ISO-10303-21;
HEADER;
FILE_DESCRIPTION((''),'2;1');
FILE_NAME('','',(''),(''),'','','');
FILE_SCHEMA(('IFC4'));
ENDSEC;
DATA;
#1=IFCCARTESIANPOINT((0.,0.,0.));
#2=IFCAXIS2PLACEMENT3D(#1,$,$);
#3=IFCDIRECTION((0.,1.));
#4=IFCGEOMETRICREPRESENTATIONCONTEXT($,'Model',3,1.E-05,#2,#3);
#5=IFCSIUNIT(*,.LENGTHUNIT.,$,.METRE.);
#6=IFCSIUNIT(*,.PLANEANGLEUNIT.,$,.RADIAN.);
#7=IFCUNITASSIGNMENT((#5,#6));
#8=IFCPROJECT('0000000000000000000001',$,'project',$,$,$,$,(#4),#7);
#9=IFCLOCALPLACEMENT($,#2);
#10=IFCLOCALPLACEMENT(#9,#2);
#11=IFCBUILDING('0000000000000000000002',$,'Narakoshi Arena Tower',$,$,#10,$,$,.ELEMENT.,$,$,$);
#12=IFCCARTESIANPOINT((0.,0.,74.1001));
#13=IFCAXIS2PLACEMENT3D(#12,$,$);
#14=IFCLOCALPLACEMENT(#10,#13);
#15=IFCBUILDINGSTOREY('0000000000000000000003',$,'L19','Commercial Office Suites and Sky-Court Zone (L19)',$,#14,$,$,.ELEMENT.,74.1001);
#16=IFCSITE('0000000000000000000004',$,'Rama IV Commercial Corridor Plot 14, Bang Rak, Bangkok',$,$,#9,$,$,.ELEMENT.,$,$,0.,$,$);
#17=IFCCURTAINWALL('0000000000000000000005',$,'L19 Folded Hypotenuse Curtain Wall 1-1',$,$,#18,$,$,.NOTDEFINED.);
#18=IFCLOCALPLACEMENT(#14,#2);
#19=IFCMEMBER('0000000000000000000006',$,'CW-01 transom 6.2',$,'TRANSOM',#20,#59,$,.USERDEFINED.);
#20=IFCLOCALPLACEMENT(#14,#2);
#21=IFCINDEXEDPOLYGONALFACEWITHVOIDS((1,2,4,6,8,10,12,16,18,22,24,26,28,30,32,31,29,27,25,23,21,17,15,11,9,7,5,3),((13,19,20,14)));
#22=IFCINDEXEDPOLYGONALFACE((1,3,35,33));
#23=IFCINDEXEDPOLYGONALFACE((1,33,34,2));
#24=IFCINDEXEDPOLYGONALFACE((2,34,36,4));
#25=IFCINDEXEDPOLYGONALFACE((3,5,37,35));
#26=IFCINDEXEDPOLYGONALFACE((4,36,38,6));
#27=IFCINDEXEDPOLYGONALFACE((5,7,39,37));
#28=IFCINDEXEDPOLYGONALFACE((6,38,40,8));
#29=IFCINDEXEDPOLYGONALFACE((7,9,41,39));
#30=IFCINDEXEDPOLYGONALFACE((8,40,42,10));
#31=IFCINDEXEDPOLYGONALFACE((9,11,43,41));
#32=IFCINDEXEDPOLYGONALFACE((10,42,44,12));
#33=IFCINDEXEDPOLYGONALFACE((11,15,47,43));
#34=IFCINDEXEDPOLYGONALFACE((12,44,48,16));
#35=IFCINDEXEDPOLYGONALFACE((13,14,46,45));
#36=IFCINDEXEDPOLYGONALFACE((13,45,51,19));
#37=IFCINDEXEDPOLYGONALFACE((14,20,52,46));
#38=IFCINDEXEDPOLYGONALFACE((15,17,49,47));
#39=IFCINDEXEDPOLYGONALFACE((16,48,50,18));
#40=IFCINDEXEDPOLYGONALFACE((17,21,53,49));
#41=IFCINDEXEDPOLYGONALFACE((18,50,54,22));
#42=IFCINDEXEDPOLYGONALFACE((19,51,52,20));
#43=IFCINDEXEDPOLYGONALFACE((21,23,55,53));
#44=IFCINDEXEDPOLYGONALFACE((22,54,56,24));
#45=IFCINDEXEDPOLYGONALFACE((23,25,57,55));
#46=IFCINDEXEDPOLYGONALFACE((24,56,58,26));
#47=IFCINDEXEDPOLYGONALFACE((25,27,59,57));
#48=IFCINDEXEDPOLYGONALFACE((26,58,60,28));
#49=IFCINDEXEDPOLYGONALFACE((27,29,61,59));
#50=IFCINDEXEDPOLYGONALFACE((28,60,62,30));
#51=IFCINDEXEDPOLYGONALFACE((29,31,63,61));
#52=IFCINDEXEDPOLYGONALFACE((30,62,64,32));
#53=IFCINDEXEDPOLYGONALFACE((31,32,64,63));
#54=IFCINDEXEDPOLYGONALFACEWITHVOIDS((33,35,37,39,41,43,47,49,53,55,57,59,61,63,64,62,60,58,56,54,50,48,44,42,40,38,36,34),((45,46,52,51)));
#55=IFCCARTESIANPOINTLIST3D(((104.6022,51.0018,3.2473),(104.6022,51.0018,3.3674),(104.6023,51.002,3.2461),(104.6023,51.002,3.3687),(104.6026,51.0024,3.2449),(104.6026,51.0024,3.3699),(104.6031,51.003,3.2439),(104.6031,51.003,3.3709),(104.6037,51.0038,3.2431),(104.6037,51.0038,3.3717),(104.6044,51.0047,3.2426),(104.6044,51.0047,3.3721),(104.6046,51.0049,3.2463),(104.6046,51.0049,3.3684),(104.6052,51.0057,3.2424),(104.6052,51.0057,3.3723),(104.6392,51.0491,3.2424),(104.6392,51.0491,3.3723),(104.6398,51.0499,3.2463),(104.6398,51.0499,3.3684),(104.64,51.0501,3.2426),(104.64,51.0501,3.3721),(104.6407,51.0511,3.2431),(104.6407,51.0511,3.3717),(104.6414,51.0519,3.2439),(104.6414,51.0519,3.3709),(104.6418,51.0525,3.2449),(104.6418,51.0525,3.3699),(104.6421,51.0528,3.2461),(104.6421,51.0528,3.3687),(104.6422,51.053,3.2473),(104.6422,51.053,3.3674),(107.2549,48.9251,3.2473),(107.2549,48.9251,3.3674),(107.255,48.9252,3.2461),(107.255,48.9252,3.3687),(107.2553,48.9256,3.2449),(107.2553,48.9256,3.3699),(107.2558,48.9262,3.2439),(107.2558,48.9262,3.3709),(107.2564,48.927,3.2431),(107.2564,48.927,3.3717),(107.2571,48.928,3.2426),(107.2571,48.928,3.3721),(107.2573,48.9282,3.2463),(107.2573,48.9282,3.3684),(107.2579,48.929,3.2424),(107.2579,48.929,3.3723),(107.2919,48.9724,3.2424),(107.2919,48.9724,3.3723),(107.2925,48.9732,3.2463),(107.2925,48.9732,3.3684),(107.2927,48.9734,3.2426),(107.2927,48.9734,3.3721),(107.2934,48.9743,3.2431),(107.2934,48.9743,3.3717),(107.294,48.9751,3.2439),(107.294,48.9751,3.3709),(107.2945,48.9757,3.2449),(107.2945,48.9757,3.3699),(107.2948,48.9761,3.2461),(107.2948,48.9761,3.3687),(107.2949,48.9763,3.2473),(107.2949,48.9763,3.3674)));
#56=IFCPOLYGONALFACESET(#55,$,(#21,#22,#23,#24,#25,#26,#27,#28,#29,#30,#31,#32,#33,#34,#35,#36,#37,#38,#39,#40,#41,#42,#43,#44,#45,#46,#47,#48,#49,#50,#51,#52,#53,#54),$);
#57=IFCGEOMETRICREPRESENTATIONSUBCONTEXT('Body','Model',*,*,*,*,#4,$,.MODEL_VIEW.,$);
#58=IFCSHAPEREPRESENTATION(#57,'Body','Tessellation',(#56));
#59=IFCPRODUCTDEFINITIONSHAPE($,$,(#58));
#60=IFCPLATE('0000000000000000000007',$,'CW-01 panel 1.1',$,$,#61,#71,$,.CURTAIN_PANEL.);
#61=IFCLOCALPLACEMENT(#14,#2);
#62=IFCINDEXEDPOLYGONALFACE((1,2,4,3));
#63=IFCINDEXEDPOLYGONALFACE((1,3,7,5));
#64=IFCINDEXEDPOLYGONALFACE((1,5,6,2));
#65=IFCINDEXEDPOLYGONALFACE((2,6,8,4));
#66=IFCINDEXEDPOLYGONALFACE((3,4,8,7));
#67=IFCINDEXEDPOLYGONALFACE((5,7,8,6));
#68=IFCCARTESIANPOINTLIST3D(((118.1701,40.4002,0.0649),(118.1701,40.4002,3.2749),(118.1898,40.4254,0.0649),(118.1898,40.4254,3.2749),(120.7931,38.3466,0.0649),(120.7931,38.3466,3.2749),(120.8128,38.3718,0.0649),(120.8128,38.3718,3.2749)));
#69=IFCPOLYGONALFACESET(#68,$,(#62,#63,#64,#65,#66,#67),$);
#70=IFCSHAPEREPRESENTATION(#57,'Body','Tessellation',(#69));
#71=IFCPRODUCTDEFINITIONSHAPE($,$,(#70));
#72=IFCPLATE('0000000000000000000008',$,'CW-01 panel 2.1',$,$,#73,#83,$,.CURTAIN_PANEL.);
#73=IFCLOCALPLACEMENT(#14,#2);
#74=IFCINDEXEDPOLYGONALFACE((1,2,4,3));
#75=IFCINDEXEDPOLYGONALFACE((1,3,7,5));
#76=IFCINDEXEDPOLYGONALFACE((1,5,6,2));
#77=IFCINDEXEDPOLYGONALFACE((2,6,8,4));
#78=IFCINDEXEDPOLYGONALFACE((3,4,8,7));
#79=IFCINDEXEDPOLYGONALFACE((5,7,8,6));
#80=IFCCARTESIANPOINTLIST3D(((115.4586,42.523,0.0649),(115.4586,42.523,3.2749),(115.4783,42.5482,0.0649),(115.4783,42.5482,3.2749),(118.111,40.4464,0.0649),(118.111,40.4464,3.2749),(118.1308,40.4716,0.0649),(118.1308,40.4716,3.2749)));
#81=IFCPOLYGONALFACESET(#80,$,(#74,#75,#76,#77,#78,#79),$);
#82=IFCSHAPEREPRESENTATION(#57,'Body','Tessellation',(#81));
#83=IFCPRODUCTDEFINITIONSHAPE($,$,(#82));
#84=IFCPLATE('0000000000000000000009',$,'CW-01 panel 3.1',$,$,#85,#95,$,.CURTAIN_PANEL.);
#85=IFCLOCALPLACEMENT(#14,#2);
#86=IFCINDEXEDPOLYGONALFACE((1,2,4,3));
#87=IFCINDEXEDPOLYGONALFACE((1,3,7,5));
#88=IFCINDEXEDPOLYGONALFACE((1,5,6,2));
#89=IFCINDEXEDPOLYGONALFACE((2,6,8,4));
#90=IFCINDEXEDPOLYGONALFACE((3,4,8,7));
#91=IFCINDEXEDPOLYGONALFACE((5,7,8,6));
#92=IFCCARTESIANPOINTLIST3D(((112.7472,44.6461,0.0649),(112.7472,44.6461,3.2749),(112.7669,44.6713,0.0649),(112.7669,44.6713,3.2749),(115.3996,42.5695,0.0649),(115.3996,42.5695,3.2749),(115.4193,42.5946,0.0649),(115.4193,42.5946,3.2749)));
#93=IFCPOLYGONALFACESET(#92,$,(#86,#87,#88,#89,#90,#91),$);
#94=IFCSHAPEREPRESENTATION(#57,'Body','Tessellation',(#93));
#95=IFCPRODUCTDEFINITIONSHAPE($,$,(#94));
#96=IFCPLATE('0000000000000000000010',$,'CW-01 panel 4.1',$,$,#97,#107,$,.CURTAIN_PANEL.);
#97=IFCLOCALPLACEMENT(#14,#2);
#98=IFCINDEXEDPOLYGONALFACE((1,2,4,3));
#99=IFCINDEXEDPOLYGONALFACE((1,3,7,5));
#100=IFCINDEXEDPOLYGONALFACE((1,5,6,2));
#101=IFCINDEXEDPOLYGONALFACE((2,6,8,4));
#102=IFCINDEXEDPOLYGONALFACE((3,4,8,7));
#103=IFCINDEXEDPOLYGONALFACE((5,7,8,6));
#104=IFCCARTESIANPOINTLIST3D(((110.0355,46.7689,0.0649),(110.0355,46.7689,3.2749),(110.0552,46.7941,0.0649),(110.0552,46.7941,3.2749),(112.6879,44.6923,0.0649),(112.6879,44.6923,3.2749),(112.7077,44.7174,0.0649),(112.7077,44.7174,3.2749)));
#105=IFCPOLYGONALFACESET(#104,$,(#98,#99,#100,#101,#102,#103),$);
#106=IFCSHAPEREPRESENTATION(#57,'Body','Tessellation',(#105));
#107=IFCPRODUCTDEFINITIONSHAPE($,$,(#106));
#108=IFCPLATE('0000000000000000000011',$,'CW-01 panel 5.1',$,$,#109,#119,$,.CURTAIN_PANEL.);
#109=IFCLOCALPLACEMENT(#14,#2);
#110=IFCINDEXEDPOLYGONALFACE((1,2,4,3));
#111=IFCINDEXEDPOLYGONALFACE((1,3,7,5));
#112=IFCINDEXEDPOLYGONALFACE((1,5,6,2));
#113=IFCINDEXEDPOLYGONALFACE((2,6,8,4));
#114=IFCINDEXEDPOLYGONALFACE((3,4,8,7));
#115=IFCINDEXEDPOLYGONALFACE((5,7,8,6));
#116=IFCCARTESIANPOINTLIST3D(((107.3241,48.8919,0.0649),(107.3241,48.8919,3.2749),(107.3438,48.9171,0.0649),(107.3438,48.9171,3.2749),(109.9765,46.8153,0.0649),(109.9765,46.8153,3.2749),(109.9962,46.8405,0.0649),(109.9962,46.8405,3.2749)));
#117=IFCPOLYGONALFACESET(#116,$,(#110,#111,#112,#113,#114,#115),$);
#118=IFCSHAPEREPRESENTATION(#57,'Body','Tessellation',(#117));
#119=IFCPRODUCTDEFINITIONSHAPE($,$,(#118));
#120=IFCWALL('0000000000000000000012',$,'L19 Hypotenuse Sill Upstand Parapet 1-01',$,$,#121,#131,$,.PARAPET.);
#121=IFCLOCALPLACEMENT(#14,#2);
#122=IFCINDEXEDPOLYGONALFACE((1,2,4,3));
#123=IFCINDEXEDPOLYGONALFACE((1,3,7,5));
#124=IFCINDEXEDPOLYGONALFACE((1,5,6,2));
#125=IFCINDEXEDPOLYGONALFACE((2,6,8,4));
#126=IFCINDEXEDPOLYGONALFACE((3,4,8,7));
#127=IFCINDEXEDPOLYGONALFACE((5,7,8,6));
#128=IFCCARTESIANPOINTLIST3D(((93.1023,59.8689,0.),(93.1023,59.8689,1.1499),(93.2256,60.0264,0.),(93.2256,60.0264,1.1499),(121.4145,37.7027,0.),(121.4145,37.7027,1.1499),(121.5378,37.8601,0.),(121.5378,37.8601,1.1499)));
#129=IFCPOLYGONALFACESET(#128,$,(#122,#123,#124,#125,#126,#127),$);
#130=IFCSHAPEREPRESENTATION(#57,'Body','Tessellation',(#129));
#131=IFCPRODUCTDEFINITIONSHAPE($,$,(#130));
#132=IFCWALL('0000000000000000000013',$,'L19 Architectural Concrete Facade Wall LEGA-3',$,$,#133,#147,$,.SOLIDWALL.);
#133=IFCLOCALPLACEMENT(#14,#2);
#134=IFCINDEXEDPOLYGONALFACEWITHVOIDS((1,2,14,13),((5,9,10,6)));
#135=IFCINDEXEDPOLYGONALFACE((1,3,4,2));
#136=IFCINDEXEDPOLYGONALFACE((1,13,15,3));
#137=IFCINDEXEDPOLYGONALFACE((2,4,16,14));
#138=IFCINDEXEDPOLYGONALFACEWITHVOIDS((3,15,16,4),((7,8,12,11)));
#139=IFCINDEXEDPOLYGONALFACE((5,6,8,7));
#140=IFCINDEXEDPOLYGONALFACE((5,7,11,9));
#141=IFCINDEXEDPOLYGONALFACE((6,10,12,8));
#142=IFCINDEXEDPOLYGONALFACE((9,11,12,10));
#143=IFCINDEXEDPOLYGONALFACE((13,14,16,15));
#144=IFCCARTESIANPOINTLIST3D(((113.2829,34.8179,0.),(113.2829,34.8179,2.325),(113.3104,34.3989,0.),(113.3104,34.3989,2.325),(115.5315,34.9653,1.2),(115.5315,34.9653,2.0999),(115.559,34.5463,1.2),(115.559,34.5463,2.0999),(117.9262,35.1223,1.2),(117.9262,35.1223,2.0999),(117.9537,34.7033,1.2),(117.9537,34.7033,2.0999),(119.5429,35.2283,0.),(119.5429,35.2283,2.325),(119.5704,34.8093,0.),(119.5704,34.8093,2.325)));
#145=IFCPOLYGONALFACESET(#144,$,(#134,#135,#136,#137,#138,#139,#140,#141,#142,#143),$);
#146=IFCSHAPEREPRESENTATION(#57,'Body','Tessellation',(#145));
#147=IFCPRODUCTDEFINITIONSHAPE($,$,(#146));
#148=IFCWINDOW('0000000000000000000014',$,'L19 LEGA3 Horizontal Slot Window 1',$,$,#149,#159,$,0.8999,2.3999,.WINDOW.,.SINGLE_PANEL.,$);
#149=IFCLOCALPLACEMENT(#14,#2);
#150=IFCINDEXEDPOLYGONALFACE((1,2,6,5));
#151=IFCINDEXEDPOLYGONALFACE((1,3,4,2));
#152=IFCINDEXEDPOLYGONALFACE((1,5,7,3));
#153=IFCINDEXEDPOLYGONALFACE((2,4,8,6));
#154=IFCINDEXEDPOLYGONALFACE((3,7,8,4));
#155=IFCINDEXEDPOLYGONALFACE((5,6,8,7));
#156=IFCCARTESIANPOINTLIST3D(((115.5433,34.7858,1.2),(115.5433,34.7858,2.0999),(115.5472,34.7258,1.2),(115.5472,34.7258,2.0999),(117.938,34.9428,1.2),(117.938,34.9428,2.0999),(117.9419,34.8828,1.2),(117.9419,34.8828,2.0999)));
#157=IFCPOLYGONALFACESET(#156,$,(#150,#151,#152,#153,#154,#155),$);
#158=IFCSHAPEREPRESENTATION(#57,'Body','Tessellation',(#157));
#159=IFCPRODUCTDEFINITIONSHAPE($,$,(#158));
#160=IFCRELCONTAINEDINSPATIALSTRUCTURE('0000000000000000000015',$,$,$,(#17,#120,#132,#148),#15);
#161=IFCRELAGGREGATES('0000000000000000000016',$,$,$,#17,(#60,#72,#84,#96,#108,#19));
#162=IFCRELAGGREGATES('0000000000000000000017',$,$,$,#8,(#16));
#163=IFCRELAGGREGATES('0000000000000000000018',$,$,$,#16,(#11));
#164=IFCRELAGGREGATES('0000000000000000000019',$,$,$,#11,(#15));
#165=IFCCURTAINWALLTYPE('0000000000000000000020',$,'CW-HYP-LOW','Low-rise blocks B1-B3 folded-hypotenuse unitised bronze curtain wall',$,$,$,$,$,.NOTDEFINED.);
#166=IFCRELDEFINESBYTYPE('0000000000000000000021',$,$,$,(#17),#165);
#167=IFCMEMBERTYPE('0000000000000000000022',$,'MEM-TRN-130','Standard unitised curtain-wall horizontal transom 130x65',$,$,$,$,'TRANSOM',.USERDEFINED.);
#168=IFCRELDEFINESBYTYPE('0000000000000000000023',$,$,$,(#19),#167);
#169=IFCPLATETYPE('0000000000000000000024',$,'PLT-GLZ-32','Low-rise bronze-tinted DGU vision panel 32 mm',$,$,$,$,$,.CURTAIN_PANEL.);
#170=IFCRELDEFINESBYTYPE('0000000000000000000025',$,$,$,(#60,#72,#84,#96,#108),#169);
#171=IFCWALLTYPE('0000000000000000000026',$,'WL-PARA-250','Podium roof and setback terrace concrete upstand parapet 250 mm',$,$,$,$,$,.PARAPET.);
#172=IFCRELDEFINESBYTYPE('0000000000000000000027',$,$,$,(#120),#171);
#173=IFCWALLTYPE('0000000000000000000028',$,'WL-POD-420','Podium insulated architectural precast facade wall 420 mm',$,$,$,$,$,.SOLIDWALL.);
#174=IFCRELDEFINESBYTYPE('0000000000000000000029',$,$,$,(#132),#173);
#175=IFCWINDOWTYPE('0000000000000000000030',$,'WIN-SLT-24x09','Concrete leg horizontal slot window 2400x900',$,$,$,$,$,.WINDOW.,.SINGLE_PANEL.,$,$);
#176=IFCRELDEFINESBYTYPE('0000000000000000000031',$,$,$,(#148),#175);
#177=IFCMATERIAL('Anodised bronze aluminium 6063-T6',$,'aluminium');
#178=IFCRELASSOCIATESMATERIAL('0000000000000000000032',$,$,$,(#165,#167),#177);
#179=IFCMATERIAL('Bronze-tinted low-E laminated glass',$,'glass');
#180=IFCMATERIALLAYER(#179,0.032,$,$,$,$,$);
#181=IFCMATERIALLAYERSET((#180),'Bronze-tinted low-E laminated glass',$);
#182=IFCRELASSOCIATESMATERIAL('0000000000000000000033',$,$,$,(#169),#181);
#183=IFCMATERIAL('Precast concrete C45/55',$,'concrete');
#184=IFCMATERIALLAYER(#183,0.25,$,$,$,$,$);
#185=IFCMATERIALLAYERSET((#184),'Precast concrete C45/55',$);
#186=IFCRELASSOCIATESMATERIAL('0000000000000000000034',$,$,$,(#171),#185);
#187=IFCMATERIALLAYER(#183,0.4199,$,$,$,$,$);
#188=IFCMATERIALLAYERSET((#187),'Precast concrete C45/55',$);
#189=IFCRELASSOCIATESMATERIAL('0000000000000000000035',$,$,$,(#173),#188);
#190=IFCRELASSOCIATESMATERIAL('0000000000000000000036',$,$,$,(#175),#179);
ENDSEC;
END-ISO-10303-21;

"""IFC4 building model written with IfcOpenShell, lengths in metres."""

from ifc_helpers import new_model, si_unit, direction, frame, frame_2d, origin, origin_2d, place, context, subcontext, project, spatial, rectangle, hollow_rectangle, extrude, material, layer, layer_set, material_profile, profile_set, type_object, element, fill, aggregate, save


model = new_model("IFC4")

# Units and contexts
model_context = context("Model", 3, precision=1e-05, world=origin(), true_north=direction((0.0, 1.0)))
body_context = subcontext(model_context, "Body", "Model", "MODEL_VIEW")
ifc_project = project(units=[si_unit("LENGTHUNIT", "METRE"), si_unit("PLANEANGLEUNIT", "RADIAN")], contexts=[model_context])

# Site, building, storey
site_placement = place(None, origin())
site = spatial("IfcSite", under=ifc_project, at=site_placement, Name="Rama IV Commercial Corridor Plot 14, Bang Rak, Bangkok", CompositionType="ELEMENT", RefElevation=0.0)
building_placement = place(site_placement, origin())
building = spatial("IfcBuilding", under=site, at=building_placement, Name="Narakoshi Arena Tower", CompositionType="ELEMENT")
storey_placement = place(building_placement, frame((0.0, 0.0, 74.1001)))
storey = spatial("IfcBuildingStorey", under=building, at=storey_placement, Name="L19", Description="Commercial Office Suites and Sky-Court Zone (L19)", CompositionType="ELEMENT", Elevation=74.1001)

# Curtain wall, member, plates
ifc_material_1 = material(Name="Anodised bronze aluminium 6063-T6", Category="aluminium")
curtain_wall_type = type_object("IfcCurtainWallType", Name="CW-HYP-LOW", Description="Low-rise blocks B1-B3 folded-hypotenuse unitised bronze curtain wall", PredefinedType="NOTDEFINED", material=ifc_material_1)
curtain_wall_placement = place(storey_placement, origin())
curtain_wall = element("IfcCurtainWall", 1, at=curtain_wall_placement, inside=storey, type_object=curtain_wall_type, Name="L19 Folded Hypotenuse Curtain Wall 1-1", PredefinedType="NOTDEFINED")
ifc_material_profile_1 = material_profile(ifc_material_1, hollow_rectangle(XDim=0.0649, YDim=0.1299, WallThickness=0.0039, OuterFilletRadius=0.0049, at=origin_2d()), Name="TRN130x65x4")
ifc_profile_set_1 = profile_set([ifc_material_profile_1], Name="Anodised bronze aluminium 6063-T6")
member_type_1 = type_object("IfcMemberType", Name="MEM-TRN-130", Description="Standard unitised curtain-wall horizontal transom 130x65", ElementType="TRANSOM", PredefinedType="USERDEFINED", material=ifc_profile_set_1)
member_1_placement = place(storey_placement, frame((107.2749, 48.9507, 3.3074), z_axis=(-0.787401, 0.616441, 0.0), x_axis=(-0.616441, -0.787401, 0.0)))
member_1 = element("IfcMember", 2, at=member_1_placement, type_object=member_type_1, Name="CW-01 transom 6.2", ObjectType="TRANSOM", PredefinedType="USERDEFINED", context=body_context, shape_type="SweptSolid", body=[
    extrude(hollow_rectangle(XDim=0.0649, YDim=0.1299, WallThickness=0.0039, OuterFilletRadius=0.0049, at=origin_2d()), origin(), (0.0, 0.0, 1.0), 3.3689),
])
ifc_material_2 = material(Name="Bronze-tinted low-E laminated glass", Category="glass")
ifc_layer_1 = layer(ifc_material_2, 0.032)
ifc_layer_set_1 = layer_set([ifc_layer_1], Name="Bronze-tinted low-E laminated glass")
plate_type = type_object("IfcPlateType", Name="PLT-GLZ-32", Description="Low-rise bronze-tinted DGU vision panel 32 mm", PredefinedType="CURTAIN_PANEL", material=ifc_layer_set_1)
plate_1_placement = place(storey_placement, frame((119.4915, 39.386, 0.0649), z_axis=(0.0, 0.0, 1.0), x_axis=(-0.787388, 0.616458, 0.0)))
plate_1 = element("IfcPlate", 3, at=plate_1_placement, type_object=plate_type, Name="CW-01 panel 1.1", PredefinedType="CURTAIN_PANEL", context=body_context, shape_type="SweptSolid", body=[
    extrude(rectangle(XDim=3.3313, YDim=0.032, at=origin_2d()), origin(), (0.0, 0.0, 1.0), 3.21),
])
plate_2_placement = place(storey_placement, frame((116.7947, 41.4973, 0.0649), z_axis=(0.0, 0.0, 1.0), x_axis=(-0.787388, 0.616458, 0.0)))
plate_2 = element("IfcPlate", 4, at=plate_2_placement, type_object=plate_type, Name="CW-01 panel 2.1", PredefinedType="CURTAIN_PANEL", context=body_context, shape_type="SweptSolid", body=[
    extrude(rectangle(XDim=3.3687, YDim=0.032, at=origin_2d()), origin(), (0.0, 0.0, 1.0), 3.21),
])
plate_3_placement = place(storey_placement, frame((114.0833, 43.6204, 0.0649), z_axis=(0.0, 0.0, 1.0), x_axis=(-0.787388, 0.616458, 0.0)))
plate_3 = element("IfcPlate", 5, at=plate_3_placement, type_object=plate_type, Name="CW-01 panel 3.1", PredefinedType="CURTAIN_PANEL", context=body_context, shape_type="SweptSolid", body=[
    extrude(rectangle(XDim=3.3687, YDim=0.032, at=origin_2d()), origin(), (0.0, 0.0, 1.0), 3.21),
])
plate_4_placement = place(storey_placement, frame((111.3716, 45.7432, 0.0649), z_axis=(0.0, 0.0, 1.0), x_axis=(-0.787388, 0.616458, 0.0)))
plate_4 = element("IfcPlate", 6, at=plate_4_placement, type_object=plate_type, Name="CW-01 panel 4.1", PredefinedType="CURTAIN_PANEL", context=body_context, shape_type="SweptSolid", body=[
    extrude(rectangle(XDim=3.3687, YDim=0.032, at=origin_2d()), origin(), (0.0, 0.0, 1.0), 3.21),
])
plate_5_placement = place(storey_placement, frame((108.6602, 47.8662, 0.0649), z_axis=(0.0, 0.0, 1.0), x_axis=(-0.787388, 0.616458, 0.0)))
plate_5 = element("IfcPlate", 7, at=plate_5_placement, type_object=plate_type, Name="CW-01 panel 5.1", PredefinedType="CURTAIN_PANEL", context=body_context, shape_type="SweptSolid", body=[
    extrude(rectangle(XDim=3.3687, YDim=0.032, at=origin_2d()), origin(), (0.0, 0.0, 1.0), 3.21),
])
aggregate(curtain_wall, [plate_1, plate_2, plate_3, plate_4, plate_5, member_1])

# Wall
ifc_material_3 = material(Name="Precast concrete C45/55", Category="concrete")
ifc_layer_2 = layer(ifc_material_3, 0.25)
ifc_layer_set_2 = layer_set([ifc_layer_2], Name="Precast concrete C45/55")
wall_type_1 = type_object("IfcWallType", Name="WL-PARA-250", Description="Podium roof and setback terrace concrete upstand parapet 250 mm", PredefinedType="PARAPET", material=ifc_layer_set_2)
wall_1_placement = place(storey_placement, frame((121.4761, 37.7815, 0.0), z_axis=(0.0, 0.0, 1.0), x_axis=(-0.787386, 0.616461, 0.0)))
element("IfcWall", 8, at=wall_1_placement, inside=storey, type_object=wall_type_1, Name="L19 Hypotenuse Sill Upstand Parapet 1-01", PredefinedType="PARAPET", context=body_context, shape_type="SweptSolid", body=[
    extrude(rectangle(XDim=35.9573, YDim=0.2, at=frame_2d((17.9785, 0.0))), origin(), (0.0, 0.0, 1.0), 1.1499),
])

# Wall, opening, window
ifc_layer_3 = layer(ifc_material_3, 0.4199)
ifc_layer_set_3 = layer_set([ifc_layer_3], Name="Precast concrete C45/55")
wall_type_2 = type_object("IfcWallType", Name="WL-POD-420", Description="Podium insulated architectural precast facade wall 420 mm", PredefinedType="SOLIDWALL", material=ifc_layer_set_3)
wall_2_placement = place(storey_placement, frame((113.2966, 34.6084, 0.0), z_axis=(0.0, 0.0, 1.0), x_axis=(0.997858, 0.065419, 0.0)))
wall_2 = element("IfcWall", 9, at=wall_2_placement, inside=storey, type_object=wall_type_2, Name="L19 Architectural Concrete Facade Wall LEGA-3", PredefinedType="SOLIDWALL", context=body_context, shape_type="SweptSolid", body=[
    extrude(rectangle(XDim=6.2734, YDim=0.4199, at=frame_2d((3.1367, 0.0))), origin(), (0.0, 0.0, 1.0), 2.325),
])
opening_1_placement = place(wall_2_placement, frame((2.2534, 0.0, 1.2)))
opening_1 = element("IfcOpeningElement", 10, at=opening_1_placement, cuts=wall_2, PredefinedType="OPENING", context=body_context, shape_type="SweptSolid", body=[
    extrude(rectangle(XDim=2.3999, YDim=0.8999, at=frame_2d((1.2, 0.45))), frame((0.0, 0.22, 0.0), z_axis=(0.0, -1.0, 0.0), x_axis=(1.0, 0.0, 0.0)), (0.0, 0.0, 1.0), 0.4399),
])
window_type_1 = type_object("IfcWindowType", Name="WIN-SLT-24x09", Description="Concrete leg horizontal slot window 2400x900", PartitioningType="SINGLE_PANEL", PredefinedType="WINDOW", material=ifc_material_2)
window_1_placement = place(opening_1_placement, origin())
window_1 = element("IfcWindow", 11, at=window_1_placement, inside=storey, type_object=window_type_1, Name="L19 LEGA3 Horizontal Slot Window 1", OverallHeight=0.8999, OverallWidth=2.3999, PartitioningType="SINGLE_PANEL", PredefinedType="WINDOW", context=body_context, shape_type="SweptSolid", body=[
    extrude(rectangle(XDim=2.3999, YDim=0.8999, at=frame_2d((1.2, 0.45))), frame((0.0, 0.03, 0.0), z_axis=(0.0, -1.0, 0.0), x_axis=(1.0, 0.0, 0.0)), (0.0, 0.0, 1.0), 0.0601),
])
fill(opening_1, window_1)

save(model, "model.ifc")
